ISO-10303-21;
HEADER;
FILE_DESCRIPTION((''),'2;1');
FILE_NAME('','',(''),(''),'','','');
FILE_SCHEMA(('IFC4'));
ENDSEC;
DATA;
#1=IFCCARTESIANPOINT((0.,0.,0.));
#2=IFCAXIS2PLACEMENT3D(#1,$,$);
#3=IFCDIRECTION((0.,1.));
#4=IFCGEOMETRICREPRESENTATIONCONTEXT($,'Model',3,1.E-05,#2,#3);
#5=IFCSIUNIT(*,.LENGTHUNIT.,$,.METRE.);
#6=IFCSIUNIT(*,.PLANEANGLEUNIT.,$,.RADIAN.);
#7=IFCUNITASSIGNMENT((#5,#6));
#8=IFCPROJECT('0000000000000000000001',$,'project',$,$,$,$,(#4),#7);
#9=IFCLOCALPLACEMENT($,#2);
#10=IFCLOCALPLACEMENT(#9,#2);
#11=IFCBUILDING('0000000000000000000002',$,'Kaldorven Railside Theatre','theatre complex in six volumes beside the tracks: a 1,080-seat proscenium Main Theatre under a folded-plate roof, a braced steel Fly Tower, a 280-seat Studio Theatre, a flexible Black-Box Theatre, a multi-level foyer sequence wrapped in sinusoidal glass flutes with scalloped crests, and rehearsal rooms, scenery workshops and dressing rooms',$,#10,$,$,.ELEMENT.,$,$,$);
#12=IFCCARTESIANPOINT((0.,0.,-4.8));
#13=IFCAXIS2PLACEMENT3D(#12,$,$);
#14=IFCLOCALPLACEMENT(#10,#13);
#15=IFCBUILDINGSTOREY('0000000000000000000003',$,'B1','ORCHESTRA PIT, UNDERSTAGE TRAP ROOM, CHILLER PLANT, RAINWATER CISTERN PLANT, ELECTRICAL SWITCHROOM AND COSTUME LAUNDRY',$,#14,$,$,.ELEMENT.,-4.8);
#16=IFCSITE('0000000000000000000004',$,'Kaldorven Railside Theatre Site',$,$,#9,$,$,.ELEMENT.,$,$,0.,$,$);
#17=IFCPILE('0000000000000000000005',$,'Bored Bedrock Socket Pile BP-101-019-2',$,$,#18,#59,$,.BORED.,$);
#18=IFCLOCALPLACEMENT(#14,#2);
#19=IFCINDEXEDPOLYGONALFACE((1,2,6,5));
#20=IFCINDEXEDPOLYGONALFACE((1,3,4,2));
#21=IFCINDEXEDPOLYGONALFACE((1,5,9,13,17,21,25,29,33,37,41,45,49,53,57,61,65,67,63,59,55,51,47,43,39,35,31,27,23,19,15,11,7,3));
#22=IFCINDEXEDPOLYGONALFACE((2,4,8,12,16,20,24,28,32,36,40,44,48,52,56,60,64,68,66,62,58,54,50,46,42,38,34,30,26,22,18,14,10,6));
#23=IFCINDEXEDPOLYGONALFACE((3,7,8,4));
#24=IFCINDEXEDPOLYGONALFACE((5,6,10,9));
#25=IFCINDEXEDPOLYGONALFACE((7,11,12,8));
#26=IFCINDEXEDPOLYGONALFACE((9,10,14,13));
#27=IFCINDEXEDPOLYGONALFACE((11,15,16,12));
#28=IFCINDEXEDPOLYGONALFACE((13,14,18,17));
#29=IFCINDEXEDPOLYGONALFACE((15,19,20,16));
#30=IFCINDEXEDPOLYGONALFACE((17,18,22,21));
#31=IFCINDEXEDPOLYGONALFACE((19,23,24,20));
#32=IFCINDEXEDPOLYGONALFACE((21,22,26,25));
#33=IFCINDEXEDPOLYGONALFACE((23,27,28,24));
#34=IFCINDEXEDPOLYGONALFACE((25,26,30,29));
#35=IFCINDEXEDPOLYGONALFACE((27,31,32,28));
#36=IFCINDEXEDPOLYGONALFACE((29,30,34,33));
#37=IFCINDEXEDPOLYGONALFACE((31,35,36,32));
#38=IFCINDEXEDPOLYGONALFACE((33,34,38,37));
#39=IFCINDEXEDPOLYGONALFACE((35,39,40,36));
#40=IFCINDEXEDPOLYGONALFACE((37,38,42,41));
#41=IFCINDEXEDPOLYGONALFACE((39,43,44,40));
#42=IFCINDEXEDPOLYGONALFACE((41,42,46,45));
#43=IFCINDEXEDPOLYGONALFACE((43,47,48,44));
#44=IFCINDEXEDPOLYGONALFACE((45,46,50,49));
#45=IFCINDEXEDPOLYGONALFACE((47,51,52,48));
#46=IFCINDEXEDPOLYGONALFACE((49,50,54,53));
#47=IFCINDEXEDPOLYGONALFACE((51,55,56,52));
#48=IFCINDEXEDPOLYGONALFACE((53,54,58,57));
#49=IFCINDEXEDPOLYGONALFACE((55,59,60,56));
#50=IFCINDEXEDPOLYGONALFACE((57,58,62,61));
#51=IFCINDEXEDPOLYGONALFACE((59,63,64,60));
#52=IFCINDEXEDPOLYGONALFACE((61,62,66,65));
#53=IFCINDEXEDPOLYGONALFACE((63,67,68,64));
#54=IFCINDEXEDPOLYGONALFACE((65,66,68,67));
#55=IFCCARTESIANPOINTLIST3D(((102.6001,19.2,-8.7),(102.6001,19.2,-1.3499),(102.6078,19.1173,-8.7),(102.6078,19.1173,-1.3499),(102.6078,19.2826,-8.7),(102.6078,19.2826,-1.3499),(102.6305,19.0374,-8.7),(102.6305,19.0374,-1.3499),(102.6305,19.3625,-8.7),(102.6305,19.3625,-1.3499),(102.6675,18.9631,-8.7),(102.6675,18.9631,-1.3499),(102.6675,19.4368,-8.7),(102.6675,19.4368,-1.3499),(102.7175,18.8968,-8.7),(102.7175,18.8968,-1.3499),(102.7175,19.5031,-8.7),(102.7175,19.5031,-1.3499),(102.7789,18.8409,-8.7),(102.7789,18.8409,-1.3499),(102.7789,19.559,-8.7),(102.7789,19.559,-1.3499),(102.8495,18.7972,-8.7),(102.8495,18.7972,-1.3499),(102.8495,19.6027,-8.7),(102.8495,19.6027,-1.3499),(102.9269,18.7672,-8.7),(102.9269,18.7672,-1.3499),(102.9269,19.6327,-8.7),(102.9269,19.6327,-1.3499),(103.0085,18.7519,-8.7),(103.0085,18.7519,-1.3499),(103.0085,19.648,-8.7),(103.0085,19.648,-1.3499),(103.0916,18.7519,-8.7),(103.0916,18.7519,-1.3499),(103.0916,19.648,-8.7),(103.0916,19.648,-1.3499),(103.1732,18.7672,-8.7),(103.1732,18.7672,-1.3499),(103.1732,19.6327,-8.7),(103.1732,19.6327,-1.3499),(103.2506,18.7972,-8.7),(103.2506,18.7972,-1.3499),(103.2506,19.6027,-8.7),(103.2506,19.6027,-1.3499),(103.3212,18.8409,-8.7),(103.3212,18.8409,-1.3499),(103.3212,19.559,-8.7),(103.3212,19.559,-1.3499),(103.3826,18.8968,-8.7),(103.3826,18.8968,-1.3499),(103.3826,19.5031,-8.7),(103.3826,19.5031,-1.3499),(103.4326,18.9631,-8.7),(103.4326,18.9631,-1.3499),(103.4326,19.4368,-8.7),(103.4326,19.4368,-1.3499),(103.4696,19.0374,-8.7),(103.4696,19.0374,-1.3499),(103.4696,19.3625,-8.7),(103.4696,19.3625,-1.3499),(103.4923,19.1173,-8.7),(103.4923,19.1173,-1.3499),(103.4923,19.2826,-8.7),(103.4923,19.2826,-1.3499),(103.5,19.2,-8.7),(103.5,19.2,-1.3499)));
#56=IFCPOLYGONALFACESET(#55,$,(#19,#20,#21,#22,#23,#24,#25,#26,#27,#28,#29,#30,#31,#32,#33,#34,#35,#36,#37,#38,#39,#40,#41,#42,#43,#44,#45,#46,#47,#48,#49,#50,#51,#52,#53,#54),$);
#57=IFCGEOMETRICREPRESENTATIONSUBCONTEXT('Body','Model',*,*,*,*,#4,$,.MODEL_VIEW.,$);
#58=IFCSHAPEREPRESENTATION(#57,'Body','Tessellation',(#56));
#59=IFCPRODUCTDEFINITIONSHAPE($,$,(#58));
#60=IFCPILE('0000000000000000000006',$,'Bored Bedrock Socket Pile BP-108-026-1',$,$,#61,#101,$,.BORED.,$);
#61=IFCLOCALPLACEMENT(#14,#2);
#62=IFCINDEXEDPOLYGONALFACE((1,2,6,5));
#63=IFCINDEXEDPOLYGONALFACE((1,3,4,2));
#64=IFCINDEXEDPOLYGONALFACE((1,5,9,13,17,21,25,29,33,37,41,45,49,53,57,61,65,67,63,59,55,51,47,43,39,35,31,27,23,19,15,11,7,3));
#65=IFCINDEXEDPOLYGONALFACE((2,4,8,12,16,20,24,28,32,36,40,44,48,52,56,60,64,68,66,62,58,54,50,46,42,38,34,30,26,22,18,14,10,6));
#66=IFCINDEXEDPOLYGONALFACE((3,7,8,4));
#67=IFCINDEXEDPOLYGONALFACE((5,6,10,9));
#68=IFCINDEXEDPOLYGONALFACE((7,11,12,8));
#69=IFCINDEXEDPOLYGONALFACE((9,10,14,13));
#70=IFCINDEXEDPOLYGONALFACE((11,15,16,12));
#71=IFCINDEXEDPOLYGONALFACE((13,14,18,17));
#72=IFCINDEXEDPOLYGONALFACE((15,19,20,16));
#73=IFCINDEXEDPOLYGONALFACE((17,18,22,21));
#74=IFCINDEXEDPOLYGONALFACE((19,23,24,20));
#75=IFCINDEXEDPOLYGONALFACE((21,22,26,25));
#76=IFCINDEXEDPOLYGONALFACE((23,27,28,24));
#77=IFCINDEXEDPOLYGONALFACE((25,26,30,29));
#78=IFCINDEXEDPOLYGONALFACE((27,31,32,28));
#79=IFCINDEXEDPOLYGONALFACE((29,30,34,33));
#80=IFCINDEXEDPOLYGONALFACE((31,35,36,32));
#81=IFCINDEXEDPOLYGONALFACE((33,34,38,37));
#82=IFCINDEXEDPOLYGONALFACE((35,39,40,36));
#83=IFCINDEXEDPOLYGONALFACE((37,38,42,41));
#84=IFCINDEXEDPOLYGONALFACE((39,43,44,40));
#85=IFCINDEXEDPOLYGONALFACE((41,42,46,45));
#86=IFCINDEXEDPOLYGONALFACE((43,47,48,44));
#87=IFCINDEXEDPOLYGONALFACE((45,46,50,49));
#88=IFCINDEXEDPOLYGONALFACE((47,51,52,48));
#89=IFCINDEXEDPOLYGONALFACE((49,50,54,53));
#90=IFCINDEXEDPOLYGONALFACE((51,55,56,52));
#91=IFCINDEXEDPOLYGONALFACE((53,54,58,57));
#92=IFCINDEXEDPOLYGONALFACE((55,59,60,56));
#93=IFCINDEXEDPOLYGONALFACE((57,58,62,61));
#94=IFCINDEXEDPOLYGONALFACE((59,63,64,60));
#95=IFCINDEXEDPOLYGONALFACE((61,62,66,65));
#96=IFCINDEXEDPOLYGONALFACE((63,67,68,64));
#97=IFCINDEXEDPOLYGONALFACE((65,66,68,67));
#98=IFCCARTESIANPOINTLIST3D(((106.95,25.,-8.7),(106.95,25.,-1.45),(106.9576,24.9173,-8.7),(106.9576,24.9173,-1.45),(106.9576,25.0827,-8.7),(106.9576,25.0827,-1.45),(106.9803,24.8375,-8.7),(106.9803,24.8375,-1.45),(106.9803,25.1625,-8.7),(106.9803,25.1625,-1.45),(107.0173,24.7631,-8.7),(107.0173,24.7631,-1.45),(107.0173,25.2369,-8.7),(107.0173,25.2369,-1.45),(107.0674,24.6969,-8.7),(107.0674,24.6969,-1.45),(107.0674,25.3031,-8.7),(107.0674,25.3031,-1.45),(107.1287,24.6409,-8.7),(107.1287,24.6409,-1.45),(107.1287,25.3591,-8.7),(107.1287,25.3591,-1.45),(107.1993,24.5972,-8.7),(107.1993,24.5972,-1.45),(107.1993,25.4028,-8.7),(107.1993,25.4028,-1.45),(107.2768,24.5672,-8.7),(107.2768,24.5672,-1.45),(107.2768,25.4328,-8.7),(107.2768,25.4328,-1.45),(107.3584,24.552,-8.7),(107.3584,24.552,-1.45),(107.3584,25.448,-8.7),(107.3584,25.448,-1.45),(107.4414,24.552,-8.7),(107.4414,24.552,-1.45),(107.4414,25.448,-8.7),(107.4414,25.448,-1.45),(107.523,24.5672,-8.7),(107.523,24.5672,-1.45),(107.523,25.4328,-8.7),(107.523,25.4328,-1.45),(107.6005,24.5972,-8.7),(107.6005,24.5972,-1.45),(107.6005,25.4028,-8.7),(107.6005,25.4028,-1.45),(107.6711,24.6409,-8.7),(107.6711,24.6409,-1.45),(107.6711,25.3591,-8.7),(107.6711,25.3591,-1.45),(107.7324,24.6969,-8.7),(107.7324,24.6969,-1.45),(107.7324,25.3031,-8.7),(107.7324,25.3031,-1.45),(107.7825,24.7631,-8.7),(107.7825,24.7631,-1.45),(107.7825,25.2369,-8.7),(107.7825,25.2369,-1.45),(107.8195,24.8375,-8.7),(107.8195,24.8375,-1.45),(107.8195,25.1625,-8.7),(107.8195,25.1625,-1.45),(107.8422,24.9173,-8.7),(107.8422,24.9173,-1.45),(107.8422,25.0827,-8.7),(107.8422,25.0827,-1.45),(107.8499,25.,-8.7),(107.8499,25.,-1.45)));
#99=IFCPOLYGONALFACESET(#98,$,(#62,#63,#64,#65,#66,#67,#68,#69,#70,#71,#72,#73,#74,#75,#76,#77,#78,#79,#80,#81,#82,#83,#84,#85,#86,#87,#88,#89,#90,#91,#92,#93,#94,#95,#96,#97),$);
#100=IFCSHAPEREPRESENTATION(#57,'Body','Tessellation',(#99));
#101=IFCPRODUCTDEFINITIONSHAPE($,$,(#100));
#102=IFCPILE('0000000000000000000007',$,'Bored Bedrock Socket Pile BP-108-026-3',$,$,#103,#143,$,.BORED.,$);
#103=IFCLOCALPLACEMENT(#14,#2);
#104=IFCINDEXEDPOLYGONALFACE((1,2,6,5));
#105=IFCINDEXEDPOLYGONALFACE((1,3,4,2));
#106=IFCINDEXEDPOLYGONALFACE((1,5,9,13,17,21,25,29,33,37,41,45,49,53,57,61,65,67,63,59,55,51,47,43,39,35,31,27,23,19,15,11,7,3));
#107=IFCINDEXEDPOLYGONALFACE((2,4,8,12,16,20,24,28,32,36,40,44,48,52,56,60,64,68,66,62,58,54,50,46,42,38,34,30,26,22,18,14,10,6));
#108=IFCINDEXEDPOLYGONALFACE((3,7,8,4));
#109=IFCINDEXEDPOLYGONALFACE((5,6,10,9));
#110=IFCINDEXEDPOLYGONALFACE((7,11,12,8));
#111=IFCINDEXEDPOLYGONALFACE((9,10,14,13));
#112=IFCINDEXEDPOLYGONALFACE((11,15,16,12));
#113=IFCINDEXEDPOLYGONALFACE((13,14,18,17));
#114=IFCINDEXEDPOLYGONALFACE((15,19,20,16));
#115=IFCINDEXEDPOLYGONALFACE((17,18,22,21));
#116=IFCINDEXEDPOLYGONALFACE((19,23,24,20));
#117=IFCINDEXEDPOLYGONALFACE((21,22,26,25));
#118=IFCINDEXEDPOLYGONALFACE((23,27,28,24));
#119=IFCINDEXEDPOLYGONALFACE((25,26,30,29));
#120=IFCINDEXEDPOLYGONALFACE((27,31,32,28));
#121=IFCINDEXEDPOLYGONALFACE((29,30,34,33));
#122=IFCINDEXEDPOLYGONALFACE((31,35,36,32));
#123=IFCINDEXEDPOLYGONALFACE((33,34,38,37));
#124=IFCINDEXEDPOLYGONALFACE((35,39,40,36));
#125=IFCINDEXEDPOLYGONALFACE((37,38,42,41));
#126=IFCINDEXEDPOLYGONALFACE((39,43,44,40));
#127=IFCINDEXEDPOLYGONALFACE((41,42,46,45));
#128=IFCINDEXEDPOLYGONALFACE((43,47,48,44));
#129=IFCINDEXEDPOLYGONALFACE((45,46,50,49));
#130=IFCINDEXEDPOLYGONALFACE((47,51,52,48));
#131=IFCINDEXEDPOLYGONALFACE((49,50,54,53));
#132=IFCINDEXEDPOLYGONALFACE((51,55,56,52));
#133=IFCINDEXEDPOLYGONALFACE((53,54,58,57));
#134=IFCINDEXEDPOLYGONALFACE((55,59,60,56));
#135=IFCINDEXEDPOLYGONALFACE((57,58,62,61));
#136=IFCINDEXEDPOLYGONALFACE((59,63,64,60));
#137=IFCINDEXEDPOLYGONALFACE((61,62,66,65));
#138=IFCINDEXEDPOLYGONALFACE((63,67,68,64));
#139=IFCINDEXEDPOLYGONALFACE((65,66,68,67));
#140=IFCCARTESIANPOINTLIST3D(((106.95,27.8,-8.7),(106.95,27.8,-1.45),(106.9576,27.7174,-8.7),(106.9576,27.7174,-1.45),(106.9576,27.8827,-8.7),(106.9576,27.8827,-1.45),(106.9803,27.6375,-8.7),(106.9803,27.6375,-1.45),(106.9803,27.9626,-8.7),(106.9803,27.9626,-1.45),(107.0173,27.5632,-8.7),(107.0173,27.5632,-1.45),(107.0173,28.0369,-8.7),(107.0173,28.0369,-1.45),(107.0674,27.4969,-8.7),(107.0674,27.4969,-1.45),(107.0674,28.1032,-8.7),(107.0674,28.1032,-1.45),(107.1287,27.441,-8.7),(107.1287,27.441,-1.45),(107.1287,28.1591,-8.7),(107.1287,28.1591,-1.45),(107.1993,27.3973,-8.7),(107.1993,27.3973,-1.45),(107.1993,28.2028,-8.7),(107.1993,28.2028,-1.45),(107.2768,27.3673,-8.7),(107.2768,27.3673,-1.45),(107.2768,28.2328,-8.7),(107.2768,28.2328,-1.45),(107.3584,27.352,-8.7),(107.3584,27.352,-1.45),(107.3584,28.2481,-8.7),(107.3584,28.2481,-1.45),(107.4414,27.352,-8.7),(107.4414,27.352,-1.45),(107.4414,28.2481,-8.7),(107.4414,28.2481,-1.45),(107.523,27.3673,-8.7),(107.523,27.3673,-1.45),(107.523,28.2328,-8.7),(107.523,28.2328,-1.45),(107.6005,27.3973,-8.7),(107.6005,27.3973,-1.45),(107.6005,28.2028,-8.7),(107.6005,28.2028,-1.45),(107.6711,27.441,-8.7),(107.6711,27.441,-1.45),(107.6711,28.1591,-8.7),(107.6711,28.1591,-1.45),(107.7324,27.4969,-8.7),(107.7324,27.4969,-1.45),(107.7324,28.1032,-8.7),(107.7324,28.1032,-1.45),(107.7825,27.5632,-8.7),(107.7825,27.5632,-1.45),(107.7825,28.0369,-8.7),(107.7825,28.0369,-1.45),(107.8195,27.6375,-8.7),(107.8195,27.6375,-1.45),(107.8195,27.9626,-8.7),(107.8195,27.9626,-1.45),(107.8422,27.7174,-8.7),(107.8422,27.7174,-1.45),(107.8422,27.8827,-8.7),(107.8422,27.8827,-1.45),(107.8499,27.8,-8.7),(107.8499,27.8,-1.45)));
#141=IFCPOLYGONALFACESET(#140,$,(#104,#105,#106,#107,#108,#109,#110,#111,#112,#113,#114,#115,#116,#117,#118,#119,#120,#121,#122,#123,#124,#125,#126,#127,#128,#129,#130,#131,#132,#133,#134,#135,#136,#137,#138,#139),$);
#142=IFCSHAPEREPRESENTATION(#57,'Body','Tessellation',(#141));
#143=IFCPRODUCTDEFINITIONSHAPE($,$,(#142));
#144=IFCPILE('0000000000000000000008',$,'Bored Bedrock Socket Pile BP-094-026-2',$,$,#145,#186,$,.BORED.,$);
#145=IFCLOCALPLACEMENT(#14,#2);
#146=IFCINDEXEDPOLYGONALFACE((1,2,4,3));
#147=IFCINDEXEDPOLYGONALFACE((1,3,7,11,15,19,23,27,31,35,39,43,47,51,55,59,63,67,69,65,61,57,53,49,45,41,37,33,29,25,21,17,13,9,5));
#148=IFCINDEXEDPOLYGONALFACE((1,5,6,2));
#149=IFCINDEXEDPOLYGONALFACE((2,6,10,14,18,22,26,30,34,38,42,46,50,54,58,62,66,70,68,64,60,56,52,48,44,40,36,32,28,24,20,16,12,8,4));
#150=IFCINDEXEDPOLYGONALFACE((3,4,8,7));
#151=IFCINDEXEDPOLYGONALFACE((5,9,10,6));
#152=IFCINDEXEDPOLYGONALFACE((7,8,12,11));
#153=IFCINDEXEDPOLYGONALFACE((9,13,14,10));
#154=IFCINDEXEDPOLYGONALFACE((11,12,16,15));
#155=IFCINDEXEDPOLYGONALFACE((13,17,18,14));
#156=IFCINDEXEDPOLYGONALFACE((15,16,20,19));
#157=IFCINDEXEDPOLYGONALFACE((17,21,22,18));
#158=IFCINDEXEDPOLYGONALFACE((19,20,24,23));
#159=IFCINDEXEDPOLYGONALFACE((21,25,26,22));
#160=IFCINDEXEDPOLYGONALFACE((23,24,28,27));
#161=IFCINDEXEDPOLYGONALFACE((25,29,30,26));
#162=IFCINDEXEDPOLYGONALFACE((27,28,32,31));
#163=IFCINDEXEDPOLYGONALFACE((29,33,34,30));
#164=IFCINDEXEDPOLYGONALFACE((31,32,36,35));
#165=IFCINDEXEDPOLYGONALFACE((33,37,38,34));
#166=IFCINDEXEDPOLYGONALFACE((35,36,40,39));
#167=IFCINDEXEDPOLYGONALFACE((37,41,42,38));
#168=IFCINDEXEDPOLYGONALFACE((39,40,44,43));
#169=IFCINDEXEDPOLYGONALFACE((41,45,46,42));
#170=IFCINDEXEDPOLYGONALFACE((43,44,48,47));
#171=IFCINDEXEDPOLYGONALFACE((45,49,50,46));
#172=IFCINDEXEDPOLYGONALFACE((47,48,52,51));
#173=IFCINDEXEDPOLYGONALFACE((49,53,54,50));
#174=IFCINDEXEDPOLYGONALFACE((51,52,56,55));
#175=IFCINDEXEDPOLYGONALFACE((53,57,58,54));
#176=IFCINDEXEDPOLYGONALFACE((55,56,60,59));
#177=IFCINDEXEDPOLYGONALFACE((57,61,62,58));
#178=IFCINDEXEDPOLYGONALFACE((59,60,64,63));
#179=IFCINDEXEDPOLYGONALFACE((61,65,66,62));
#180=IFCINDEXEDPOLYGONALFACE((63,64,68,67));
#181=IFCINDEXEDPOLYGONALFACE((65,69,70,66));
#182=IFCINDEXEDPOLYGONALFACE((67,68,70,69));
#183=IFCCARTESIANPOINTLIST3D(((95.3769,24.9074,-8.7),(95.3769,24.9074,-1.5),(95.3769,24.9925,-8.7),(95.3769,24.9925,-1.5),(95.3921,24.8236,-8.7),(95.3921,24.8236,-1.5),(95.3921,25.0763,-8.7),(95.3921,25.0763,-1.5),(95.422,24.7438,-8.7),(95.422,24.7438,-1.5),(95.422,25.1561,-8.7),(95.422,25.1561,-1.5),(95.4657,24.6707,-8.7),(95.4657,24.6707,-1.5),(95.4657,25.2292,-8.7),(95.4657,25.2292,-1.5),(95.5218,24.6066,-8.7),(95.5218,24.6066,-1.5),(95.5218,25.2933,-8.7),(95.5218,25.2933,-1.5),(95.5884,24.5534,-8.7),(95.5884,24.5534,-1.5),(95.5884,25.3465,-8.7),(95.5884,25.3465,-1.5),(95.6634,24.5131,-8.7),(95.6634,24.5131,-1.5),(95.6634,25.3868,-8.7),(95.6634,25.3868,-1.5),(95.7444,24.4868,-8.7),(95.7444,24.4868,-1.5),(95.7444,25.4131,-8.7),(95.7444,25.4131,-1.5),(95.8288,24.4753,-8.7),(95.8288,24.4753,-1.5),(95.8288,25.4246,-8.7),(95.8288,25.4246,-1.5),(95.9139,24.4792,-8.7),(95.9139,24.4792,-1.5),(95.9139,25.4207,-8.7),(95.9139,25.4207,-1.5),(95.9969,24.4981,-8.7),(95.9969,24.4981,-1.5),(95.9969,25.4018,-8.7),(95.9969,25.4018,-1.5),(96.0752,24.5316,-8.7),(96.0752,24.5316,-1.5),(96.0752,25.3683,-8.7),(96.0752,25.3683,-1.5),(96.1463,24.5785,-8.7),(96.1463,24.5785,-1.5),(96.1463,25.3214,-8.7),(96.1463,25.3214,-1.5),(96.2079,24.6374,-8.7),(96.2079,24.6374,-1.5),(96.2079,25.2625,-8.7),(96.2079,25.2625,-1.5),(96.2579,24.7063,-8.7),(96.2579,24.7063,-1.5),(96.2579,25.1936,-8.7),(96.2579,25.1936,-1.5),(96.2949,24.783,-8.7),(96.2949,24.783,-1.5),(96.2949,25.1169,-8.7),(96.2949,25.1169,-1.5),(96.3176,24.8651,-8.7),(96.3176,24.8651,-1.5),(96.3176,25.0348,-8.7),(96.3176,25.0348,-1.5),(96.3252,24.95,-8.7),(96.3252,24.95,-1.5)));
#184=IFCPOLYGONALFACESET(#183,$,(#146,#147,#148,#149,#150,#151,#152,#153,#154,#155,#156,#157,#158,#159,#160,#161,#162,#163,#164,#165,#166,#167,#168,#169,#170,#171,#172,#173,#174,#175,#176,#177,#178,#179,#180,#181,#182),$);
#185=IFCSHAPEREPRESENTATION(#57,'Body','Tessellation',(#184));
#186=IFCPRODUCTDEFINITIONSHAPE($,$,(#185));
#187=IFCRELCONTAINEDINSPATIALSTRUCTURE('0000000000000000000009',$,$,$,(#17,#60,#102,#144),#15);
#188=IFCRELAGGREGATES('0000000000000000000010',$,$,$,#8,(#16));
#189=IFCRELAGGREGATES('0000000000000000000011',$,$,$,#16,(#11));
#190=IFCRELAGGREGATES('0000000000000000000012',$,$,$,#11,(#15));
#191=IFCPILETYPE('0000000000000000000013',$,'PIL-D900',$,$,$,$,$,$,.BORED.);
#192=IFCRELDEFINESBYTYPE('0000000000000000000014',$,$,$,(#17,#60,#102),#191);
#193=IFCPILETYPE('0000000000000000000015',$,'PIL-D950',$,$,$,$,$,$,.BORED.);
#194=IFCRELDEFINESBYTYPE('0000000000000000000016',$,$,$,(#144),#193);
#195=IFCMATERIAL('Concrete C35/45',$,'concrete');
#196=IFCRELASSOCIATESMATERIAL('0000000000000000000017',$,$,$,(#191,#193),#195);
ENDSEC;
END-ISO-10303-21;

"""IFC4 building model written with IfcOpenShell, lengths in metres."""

from ifc_helpers import new_model, si_unit, direction, frame, origin, origin_2d, place, context, subcontext, project, spatial, circle, extrude, material, material_profile, profile_set, type_object, element, save


model = new_model("IFC4")

# Units and contexts
model_context = context("Model", 3, precision=1e-05, world=origin(), true_north=direction((0.0, 1.0)))
body_context = subcontext(model_context, "Body", "Model", "MODEL_VIEW")
ifc_project = project(units=[si_unit("LENGTHUNIT", "METRE"), si_unit("PLANEANGLEUNIT", "RADIAN")], contexts=[model_context])

# Site, building, storey
site_placement = place(None, origin())
site = spatial("IfcSite", under=ifc_project, at=site_placement, Name="Kaldorven Railside Theatre Site", CompositionType="ELEMENT", RefElevation=0.0)
building_placement = place(site_placement, origin())
building = spatial("IfcBuilding", under=site, at=building_placement, Name="Kaldorven Railside Theatre", Description="theatre complex in six volumes beside the tracks: a 1,080-seat proscenium Main Theatre under a folded-plate roof, a braced steel Fly Tower, a 280-seat Studio Theatre, a flexible Black-Box Theatre, a multi-level foyer sequence wrapped in sinusoidal glass flutes with scalloped crests, and rehearsal rooms, scenery workshops and dressing rooms", CompositionType="ELEMENT")
storey_placement = place(building_placement, frame((0.0, 0.0, -4.8)))
storey = spatial("IfcBuildingStorey", under=building, at=storey_placement, Name="B1", Description="ORCHESTRA PIT, UNDERSTAGE TRAP ROOM, CHILLER PLANT, RAINWATER CISTERN PLANT, ELECTRICAL SWITCHROOM AND COSTUME LAUNDRY", CompositionType="ELEMENT", Elevation=-4.8)

# Piles
ifc_material_1 = material(Name="Concrete C35/45", Category="concrete")
ifc_material_profile_1 = material_profile(ifc_material_1, circle(Radius=0.45, at=origin_2d()), Name="BP D900")
ifc_profile_set_1 = profile_set([ifc_material_profile_1], Name="Concrete C35/45")
pile_type_1 = type_object("IfcPileType", Name="PIL-D900", PredefinedType="BORED", material=ifc_profile_set_1)
pile_placement = place(storey_placement, frame((103.05, 19.2, -1.3499), z_axis=(0.0, 0.0, -1.0), x_axis=(1.0, 0.0, 0.0)))
element("IfcPile", 1, at=pile_placement, inside=storey, type_object=pile_type_1, Name="Bored Bedrock Socket Pile BP-101-019-2", PredefinedType="BORED", context=body_context, shape_type="SweptSolid", body=[
    extrude(circle(Radius=0.45, at=origin_2d()), origin(), (0.0, 0.0, 1.0), 7.3501),
])
for number, where, z_axis, x_axis, name in (
    (2, (107.3999, 25.0, -1.45), (0.0, 0.0, -1.0), (1.0, 0.0, 0.0), "Bored Bedrock Socket Pile BP-108-026-1"),
    (3, (107.3999, 27.8, -1.45), (0.0, 0.0, -1.0), (1.0, 0.0, 0.0), "Bored Bedrock Socket Pile BP-108-026-3"),
):
    element("IfcPile", number, at=place(storey_placement, frame(where, z_axis=z_axis, x_axis=x_axis)), inside=storey, type_object=pile_type_1, Name=name, PredefinedType="BORED", context=body_context, shape_type="SweptSolid", body=[
        extrude(circle(Radius=0.45, at=origin_2d()), origin(), (0.0, 0.0, 1.0), 7.25),
    ])
ifc_material_profile_2 = material_profile(ifc_material_1, circle(Radius=0.4751, at=origin_2d()), Name="BP D950")
ifc_profile_set_2 = profile_set([ifc_material_profile_2], Name="Concrete C35/45")
pile_type_2 = type_object("IfcPileType", Name="PIL-D950", PredefinedType="BORED", material=ifc_profile_set_2)
for number, where, z_axis, x_axis, name in (
    (4, (95.8501, 24.95, -1.5), (0.0, 0.0, -1.0), (1.0, 0.0, 0.0), "Bored Bedrock Socket Pile BP-094-026-2"),
):
    element("IfcPile", number, at=place(storey_placement, frame(where, z_axis=z_axis, x_axis=x_axis)), inside=storey, type_object=pile_type_2, Name=name, PredefinedType="BORED", context=body_context, shape_type="SweptSolid", body=[
        extrude(circle(Radius=0.4751, at=origin_2d()), origin(), (0.0, 0.0, 1.0), 7.2),
    ])

save(model, "model.ifc")
